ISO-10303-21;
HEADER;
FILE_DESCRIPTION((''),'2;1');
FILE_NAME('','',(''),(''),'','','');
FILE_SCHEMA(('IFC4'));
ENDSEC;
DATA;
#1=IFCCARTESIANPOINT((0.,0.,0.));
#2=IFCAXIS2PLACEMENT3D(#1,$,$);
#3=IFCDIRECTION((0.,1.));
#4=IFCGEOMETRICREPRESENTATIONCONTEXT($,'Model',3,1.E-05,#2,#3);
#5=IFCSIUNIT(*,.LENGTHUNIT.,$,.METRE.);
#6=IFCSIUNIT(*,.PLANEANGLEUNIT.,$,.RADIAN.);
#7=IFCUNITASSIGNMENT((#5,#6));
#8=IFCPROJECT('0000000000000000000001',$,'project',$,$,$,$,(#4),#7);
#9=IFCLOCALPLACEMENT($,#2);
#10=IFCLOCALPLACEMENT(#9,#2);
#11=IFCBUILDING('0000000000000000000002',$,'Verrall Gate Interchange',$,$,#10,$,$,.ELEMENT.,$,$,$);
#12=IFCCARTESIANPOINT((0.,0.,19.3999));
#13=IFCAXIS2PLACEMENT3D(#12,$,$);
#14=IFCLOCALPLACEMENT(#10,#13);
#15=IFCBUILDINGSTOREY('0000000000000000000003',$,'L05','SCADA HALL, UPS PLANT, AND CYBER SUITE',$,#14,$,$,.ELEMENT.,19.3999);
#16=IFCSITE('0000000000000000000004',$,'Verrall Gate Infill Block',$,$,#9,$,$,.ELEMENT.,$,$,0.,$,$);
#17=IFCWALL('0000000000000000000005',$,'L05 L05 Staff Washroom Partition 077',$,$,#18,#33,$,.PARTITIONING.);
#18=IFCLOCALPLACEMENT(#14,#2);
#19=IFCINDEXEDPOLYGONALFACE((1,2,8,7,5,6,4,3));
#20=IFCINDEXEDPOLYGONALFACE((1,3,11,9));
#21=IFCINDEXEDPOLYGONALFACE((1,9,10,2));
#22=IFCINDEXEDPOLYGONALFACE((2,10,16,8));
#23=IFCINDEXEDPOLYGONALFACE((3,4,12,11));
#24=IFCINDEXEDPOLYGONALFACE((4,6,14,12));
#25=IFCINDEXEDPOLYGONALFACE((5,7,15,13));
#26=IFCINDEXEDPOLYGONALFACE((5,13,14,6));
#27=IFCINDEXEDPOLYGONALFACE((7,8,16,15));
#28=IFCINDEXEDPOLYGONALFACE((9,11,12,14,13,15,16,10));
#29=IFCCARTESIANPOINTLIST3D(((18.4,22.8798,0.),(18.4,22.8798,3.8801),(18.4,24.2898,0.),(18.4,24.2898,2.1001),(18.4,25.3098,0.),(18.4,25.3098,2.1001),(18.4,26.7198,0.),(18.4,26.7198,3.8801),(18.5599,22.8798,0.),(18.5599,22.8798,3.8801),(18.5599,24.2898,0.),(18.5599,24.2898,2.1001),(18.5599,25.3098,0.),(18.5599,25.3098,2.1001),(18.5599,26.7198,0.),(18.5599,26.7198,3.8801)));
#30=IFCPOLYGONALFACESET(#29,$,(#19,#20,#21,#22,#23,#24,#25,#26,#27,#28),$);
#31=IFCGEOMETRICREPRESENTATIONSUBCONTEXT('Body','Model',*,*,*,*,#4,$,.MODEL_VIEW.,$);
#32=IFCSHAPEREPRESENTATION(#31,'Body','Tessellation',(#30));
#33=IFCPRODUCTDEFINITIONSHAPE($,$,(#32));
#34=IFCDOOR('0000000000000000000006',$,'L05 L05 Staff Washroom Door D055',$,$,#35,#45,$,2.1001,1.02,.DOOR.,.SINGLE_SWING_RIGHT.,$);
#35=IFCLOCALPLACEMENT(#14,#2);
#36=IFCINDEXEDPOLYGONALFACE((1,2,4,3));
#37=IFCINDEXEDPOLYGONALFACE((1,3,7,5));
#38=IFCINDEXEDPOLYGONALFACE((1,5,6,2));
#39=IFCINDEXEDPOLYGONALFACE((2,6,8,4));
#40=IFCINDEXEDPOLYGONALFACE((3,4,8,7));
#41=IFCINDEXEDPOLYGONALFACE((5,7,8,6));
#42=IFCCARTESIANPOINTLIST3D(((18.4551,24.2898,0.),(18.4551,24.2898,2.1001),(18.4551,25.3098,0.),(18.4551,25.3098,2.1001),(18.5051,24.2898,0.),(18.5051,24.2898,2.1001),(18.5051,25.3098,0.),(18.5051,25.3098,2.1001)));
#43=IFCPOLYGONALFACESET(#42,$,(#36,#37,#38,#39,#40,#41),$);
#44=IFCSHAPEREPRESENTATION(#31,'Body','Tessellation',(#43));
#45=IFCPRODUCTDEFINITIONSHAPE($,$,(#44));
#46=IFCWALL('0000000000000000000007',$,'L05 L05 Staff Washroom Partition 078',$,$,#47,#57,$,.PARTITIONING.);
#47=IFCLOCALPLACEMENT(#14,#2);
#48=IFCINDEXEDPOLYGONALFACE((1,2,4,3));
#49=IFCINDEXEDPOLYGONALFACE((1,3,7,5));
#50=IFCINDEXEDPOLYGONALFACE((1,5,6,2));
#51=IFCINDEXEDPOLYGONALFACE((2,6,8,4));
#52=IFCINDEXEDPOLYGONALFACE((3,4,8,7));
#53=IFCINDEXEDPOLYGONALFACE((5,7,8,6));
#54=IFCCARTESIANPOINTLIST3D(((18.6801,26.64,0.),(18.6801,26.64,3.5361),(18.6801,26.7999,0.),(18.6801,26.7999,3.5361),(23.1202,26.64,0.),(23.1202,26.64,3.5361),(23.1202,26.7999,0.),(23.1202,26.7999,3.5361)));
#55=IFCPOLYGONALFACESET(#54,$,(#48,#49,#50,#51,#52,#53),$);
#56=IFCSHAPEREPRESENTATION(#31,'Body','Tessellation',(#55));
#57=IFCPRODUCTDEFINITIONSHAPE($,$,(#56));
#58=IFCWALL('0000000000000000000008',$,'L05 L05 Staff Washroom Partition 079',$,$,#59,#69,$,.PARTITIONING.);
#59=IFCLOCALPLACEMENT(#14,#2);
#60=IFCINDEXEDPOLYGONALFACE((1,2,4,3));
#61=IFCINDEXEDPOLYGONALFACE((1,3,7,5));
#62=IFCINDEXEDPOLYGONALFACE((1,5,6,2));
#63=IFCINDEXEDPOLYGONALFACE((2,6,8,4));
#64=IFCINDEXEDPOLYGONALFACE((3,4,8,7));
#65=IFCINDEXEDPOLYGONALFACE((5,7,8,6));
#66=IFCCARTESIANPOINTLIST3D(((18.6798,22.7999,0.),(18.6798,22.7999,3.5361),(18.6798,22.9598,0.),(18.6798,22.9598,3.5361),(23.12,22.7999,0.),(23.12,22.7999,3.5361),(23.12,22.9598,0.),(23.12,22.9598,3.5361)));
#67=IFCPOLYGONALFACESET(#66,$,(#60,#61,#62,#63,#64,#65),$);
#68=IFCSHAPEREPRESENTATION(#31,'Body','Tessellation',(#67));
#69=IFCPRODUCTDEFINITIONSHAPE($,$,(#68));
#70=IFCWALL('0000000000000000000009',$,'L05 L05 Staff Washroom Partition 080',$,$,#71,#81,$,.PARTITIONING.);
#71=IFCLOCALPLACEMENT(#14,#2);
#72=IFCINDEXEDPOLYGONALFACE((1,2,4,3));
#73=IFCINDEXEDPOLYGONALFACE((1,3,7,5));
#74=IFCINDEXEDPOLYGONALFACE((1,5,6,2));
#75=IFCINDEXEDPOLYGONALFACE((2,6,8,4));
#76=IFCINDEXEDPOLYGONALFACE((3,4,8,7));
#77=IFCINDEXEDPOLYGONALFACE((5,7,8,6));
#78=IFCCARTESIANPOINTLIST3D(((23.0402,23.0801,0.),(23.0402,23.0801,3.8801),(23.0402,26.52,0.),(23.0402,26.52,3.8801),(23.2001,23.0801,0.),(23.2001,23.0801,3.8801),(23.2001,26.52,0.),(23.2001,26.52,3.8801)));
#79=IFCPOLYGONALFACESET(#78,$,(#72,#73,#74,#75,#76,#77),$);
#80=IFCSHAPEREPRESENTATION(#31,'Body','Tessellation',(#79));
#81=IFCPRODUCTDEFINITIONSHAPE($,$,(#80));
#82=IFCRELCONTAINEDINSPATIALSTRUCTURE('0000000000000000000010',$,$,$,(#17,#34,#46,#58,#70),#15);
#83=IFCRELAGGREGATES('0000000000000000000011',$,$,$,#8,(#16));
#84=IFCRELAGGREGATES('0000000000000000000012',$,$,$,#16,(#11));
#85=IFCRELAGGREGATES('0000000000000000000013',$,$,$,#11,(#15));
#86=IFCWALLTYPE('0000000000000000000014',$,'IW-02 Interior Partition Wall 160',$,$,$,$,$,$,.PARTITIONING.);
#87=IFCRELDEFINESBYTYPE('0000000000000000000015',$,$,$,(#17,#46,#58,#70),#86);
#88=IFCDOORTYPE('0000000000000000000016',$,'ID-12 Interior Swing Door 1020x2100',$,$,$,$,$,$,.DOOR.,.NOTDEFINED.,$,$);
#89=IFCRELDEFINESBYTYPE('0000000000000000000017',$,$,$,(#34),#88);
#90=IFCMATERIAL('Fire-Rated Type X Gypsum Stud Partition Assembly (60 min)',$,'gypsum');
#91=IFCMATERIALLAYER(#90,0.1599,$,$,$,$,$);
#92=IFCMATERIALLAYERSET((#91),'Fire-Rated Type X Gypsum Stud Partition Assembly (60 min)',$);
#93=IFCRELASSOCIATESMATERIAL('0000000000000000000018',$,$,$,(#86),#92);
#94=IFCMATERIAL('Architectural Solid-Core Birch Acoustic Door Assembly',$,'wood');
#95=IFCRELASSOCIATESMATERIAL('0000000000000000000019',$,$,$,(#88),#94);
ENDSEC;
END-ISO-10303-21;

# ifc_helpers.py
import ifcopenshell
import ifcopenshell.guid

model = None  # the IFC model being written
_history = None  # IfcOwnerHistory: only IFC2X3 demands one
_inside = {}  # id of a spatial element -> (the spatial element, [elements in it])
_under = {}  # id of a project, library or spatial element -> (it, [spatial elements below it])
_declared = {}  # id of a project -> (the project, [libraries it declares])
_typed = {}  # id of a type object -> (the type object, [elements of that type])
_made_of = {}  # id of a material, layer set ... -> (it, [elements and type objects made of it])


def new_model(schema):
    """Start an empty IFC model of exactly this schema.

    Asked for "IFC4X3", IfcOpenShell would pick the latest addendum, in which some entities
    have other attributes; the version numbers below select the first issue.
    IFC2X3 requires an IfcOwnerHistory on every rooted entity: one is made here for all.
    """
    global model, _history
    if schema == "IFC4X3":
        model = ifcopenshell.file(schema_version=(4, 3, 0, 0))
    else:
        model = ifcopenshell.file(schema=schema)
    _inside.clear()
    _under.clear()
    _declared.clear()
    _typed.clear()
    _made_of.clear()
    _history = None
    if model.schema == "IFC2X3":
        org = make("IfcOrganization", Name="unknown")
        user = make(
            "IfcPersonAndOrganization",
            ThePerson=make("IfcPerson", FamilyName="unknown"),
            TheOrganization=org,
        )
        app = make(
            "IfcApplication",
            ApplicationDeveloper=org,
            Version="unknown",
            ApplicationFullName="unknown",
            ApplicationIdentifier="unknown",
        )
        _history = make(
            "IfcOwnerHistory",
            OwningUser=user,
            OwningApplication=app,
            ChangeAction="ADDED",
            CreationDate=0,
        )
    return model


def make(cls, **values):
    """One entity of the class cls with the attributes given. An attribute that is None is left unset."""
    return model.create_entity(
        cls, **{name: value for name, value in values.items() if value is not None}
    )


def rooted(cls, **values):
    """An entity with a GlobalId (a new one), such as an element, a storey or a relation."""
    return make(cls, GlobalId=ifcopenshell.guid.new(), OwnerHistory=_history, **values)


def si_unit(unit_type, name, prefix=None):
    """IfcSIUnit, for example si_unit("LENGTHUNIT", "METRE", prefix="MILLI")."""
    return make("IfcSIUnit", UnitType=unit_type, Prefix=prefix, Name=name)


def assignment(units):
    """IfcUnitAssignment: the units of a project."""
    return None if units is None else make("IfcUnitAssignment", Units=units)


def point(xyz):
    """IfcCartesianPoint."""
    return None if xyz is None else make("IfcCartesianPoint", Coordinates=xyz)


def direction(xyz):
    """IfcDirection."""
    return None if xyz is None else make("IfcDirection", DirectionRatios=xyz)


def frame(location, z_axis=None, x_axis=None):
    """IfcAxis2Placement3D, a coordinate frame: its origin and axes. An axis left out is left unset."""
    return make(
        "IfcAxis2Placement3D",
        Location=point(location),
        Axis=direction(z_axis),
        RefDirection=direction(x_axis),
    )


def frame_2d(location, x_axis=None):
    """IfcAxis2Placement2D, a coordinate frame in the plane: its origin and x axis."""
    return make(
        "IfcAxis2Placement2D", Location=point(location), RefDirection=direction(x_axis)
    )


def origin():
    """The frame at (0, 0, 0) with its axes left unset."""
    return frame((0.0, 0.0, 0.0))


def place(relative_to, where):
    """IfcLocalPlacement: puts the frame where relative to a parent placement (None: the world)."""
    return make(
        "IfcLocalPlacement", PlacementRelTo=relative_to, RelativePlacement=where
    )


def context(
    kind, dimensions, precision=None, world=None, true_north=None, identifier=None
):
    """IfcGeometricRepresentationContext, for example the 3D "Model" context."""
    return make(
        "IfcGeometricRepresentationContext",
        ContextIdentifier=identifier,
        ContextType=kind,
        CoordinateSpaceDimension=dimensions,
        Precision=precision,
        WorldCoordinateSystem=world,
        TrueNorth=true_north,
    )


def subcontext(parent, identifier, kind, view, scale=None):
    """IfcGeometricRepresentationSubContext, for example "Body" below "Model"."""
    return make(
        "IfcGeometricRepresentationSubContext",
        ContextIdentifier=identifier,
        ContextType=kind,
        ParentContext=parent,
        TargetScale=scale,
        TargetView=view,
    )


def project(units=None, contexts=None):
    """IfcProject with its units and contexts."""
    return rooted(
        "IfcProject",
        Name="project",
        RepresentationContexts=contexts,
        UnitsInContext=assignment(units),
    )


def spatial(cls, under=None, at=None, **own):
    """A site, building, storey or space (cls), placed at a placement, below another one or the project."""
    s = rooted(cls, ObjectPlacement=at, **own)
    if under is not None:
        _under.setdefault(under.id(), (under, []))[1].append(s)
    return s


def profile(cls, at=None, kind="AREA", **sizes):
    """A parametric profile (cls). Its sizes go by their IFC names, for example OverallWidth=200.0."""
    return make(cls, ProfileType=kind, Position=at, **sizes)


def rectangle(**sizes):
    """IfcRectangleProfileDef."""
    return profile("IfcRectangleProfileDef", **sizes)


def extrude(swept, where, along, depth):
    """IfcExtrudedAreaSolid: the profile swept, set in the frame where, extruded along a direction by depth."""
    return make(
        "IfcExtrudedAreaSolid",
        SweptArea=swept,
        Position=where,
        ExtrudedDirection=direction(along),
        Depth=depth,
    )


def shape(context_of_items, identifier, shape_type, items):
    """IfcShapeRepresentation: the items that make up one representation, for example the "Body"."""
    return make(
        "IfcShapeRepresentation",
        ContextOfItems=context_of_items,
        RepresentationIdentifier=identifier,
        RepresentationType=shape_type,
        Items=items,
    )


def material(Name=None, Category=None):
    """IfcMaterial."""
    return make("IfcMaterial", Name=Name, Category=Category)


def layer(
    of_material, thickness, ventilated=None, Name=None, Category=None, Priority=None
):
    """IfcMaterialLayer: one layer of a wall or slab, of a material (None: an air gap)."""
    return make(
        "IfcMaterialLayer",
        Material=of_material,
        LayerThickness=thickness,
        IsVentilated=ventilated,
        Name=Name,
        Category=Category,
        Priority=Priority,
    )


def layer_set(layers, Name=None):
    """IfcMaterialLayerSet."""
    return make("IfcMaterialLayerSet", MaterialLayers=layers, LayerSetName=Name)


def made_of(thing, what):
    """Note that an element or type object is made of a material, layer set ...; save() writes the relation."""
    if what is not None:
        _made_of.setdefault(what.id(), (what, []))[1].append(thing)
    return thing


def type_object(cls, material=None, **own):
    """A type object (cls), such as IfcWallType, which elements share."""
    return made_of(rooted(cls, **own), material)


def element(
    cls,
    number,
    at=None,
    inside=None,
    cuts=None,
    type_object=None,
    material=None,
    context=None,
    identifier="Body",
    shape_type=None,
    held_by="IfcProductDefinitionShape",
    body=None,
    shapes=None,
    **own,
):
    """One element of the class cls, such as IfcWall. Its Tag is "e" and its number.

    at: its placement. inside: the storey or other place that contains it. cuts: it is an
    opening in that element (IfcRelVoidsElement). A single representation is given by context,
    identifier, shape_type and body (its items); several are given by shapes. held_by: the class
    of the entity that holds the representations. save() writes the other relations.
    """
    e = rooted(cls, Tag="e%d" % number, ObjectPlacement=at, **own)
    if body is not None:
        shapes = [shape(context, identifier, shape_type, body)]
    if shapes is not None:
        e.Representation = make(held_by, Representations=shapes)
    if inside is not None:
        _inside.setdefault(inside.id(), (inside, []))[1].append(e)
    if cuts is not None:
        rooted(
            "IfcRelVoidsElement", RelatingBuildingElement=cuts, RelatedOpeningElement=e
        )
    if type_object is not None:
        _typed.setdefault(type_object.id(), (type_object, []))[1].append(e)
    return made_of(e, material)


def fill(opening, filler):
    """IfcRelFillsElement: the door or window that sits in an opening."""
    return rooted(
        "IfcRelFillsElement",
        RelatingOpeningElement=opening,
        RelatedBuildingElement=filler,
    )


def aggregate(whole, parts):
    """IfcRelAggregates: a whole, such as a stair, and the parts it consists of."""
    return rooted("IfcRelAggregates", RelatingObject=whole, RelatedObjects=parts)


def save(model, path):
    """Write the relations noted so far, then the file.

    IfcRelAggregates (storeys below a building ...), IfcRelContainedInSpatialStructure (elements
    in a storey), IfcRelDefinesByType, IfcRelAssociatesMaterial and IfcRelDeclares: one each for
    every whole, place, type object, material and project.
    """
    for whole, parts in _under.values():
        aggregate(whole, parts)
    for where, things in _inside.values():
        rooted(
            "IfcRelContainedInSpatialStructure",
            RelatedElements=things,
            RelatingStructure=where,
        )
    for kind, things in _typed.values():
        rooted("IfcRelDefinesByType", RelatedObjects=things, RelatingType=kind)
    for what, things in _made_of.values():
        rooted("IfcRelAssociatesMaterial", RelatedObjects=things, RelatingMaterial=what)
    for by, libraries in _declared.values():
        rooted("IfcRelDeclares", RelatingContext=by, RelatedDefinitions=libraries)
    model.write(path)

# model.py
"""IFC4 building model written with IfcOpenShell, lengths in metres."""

from ifc_helpers import new_model, si_unit, direction, frame, frame_2d, origin, place, context, subcontext, project, spatial, rectangle, extrude, material, layer, layer_set, type_object, element, fill, save


model = new_model("IFC4")

# Units and contexts
model_context = context("Model", 3, precision=1e-05, world=origin(), true_north=direction((0.0, 1.0)))
body_context = subcontext(model_context, "Body", "Model", "MODEL_VIEW")
ifc_project = project(units=[si_unit("LENGTHUNIT", "METRE"), si_unit("PLANEANGLEUNIT", "RADIAN")], contexts=[model_context])

# Site, building, storey
site_placement = place(None, origin())
site = spatial("IfcSite", under=ifc_project, at=site_placement, Name="Verrall Gate Infill Block", CompositionType="ELEMENT", RefElevation=0.0)
building_placement = place(site_placement, origin())
building = spatial("IfcBuilding", under=site, at=building_placement, Name="Verrall Gate Interchange", CompositionType="ELEMENT")
storey_placement = place(building_placement, frame((0.0, 0.0, 19.3999)))
storey = spatial("IfcBuildingStorey", under=building, at=storey_placement, Name="L05", Description="SCADA HALL, UPS PLANT, AND CYBER SUITE", CompositionType="ELEMENT", Elevation=19.3999)

# Wall, opening, door
ifc_material_1 = material(Name="Fire-Rated Type X Gypsum Stud Partition Assembly (60 min)", Category="gypsum")
ifc_layer_1 = layer(ifc_material_1, 0.1599)
ifc_layer_set_1 = layer_set([ifc_layer_1], Name="Fire-Rated Type X Gypsum Stud Partition Assembly (60 min)")
wall_type = type_object("IfcWallType", Name="IW-02 Interior Partition Wall 160", PredefinedType="PARTITIONING", material=ifc_layer_set_1)
wall_1_placement = place(storey_placement, frame((18.48, 22.8799, 0.0), z_axis=(0.0, 0.0, 1.0), x_axis=(0.0, 1.0, 0.0)))
wall_1 = element("IfcWall", 1, at=wall_1_placement, inside=storey, type_object=wall_type, Name="L05 L05 Staff Washroom Partition 077", PredefinedType="PARTITIONING", context=body_context, shape_type="SweptSolid", body=[
    extrude(rectangle(XDim=3.8401, YDim=0.1599, at=frame_2d((1.9199, 0.0))), origin(), (0.0, 0.0, 1.0), 3.8801),
])
opening_placement = place(wall_1_placement, frame((1.4099, 0.0, 0.0)))
opening = element("IfcOpeningElement", 2, at=opening_placement, cuts=wall_1, PredefinedType="OPENING", context=body_context, shape_type="SweptSolid", body=[
    extrude(rectangle(XDim=1.02, YDim=2.1001, at=frame_2d((0.51, 1.05))), frame((0.0, 0.0947, 0.0), z_axis=(0.0, -1.0, 0.0), x_axis=(1.0, 0.0, 0.0)), (0.0, 0.0, 1.0), 0.1897),
])
ifc_material_2 = material(Name="Architectural Solid-Core Birch Acoustic Door Assembly", Category="wood")
door_type = type_object("IfcDoorType", Name="ID-12 Interior Swing Door 1020x2100", OperationType="NOTDEFINED", PredefinedType="DOOR", material=ifc_material_2)
door_placement = place(opening_placement, origin())
door = element("IfcDoor", 3, at=door_placement, inside=storey, type_object=door_type, Name="L05 L05 Staff Washroom Door D055", OperationType="SINGLE_SWING_RIGHT", OverallHeight=2.1001, OverallWidth=1.02, PredefinedType="DOOR", context=body_context, shape_type="SweptSolid", body=[
    extrude(rectangle(XDim=1.02, YDim=2.1001, at=frame_2d((0.51, 1.05))), frame((0.0, 0.0249, 0.0), z_axis=(0.0, -1.0, 0.0), x_axis=(1.0, 0.0, 0.0)), (0.0, 0.0, 1.0), 0.05),
])
fill(opening, door)

# Walls
for number, where, z_axis, x_axis, name in (
    (4, (18.6799, 26.72, 0.0), (0.0, 0.0, 1.0), (1.0, 0.0, 0.0), "L05 L05 Staff Washroom Partition 078"),
    (5, (23.1201, 22.8799, 0.0), (0.0, 0.0, 1.0), (-1.0, 0.0, 0.0), "L05 L05 Staff Washroom Partition 079"),
):
    element("IfcWall", number, at=place(storey_placement, frame(where, z_axis=z_axis, x_axis=x_axis)), inside=storey, type_object=wall_type, Name=name, PredefinedType="PARTITIONING", context=body_context, shape_type="SweptSolid", body=[
        extrude(rectangle(XDim=4.4402, YDim=0.1599, at=frame_2d((2.2202, 0.0))), origin(), (0.0, 0.0, 1.0), 3.5361),
    ])
wall_2_placement = place(storey_placement, frame((23.1201, 26.52, 0.0), z_axis=(0.0, 0.0, 1.0), x_axis=(0.0, -1.0, 0.0)))
element("IfcWall", 6, at=wall_2_placement, inside=storey, type_object=wall_type, Name="L05 L05 Staff Washroom Partition 080", PredefinedType="PARTITIONING", context=body_context, shape_type="SweptSolid", body=[
    extrude(rectangle(XDim=3.4399, YDim=0.1599, at=frame_2d((1.72, 0.0))), origin(), (0.0, 0.0, 1.0), 3.8801),
])

save(model, "model.ifc")
